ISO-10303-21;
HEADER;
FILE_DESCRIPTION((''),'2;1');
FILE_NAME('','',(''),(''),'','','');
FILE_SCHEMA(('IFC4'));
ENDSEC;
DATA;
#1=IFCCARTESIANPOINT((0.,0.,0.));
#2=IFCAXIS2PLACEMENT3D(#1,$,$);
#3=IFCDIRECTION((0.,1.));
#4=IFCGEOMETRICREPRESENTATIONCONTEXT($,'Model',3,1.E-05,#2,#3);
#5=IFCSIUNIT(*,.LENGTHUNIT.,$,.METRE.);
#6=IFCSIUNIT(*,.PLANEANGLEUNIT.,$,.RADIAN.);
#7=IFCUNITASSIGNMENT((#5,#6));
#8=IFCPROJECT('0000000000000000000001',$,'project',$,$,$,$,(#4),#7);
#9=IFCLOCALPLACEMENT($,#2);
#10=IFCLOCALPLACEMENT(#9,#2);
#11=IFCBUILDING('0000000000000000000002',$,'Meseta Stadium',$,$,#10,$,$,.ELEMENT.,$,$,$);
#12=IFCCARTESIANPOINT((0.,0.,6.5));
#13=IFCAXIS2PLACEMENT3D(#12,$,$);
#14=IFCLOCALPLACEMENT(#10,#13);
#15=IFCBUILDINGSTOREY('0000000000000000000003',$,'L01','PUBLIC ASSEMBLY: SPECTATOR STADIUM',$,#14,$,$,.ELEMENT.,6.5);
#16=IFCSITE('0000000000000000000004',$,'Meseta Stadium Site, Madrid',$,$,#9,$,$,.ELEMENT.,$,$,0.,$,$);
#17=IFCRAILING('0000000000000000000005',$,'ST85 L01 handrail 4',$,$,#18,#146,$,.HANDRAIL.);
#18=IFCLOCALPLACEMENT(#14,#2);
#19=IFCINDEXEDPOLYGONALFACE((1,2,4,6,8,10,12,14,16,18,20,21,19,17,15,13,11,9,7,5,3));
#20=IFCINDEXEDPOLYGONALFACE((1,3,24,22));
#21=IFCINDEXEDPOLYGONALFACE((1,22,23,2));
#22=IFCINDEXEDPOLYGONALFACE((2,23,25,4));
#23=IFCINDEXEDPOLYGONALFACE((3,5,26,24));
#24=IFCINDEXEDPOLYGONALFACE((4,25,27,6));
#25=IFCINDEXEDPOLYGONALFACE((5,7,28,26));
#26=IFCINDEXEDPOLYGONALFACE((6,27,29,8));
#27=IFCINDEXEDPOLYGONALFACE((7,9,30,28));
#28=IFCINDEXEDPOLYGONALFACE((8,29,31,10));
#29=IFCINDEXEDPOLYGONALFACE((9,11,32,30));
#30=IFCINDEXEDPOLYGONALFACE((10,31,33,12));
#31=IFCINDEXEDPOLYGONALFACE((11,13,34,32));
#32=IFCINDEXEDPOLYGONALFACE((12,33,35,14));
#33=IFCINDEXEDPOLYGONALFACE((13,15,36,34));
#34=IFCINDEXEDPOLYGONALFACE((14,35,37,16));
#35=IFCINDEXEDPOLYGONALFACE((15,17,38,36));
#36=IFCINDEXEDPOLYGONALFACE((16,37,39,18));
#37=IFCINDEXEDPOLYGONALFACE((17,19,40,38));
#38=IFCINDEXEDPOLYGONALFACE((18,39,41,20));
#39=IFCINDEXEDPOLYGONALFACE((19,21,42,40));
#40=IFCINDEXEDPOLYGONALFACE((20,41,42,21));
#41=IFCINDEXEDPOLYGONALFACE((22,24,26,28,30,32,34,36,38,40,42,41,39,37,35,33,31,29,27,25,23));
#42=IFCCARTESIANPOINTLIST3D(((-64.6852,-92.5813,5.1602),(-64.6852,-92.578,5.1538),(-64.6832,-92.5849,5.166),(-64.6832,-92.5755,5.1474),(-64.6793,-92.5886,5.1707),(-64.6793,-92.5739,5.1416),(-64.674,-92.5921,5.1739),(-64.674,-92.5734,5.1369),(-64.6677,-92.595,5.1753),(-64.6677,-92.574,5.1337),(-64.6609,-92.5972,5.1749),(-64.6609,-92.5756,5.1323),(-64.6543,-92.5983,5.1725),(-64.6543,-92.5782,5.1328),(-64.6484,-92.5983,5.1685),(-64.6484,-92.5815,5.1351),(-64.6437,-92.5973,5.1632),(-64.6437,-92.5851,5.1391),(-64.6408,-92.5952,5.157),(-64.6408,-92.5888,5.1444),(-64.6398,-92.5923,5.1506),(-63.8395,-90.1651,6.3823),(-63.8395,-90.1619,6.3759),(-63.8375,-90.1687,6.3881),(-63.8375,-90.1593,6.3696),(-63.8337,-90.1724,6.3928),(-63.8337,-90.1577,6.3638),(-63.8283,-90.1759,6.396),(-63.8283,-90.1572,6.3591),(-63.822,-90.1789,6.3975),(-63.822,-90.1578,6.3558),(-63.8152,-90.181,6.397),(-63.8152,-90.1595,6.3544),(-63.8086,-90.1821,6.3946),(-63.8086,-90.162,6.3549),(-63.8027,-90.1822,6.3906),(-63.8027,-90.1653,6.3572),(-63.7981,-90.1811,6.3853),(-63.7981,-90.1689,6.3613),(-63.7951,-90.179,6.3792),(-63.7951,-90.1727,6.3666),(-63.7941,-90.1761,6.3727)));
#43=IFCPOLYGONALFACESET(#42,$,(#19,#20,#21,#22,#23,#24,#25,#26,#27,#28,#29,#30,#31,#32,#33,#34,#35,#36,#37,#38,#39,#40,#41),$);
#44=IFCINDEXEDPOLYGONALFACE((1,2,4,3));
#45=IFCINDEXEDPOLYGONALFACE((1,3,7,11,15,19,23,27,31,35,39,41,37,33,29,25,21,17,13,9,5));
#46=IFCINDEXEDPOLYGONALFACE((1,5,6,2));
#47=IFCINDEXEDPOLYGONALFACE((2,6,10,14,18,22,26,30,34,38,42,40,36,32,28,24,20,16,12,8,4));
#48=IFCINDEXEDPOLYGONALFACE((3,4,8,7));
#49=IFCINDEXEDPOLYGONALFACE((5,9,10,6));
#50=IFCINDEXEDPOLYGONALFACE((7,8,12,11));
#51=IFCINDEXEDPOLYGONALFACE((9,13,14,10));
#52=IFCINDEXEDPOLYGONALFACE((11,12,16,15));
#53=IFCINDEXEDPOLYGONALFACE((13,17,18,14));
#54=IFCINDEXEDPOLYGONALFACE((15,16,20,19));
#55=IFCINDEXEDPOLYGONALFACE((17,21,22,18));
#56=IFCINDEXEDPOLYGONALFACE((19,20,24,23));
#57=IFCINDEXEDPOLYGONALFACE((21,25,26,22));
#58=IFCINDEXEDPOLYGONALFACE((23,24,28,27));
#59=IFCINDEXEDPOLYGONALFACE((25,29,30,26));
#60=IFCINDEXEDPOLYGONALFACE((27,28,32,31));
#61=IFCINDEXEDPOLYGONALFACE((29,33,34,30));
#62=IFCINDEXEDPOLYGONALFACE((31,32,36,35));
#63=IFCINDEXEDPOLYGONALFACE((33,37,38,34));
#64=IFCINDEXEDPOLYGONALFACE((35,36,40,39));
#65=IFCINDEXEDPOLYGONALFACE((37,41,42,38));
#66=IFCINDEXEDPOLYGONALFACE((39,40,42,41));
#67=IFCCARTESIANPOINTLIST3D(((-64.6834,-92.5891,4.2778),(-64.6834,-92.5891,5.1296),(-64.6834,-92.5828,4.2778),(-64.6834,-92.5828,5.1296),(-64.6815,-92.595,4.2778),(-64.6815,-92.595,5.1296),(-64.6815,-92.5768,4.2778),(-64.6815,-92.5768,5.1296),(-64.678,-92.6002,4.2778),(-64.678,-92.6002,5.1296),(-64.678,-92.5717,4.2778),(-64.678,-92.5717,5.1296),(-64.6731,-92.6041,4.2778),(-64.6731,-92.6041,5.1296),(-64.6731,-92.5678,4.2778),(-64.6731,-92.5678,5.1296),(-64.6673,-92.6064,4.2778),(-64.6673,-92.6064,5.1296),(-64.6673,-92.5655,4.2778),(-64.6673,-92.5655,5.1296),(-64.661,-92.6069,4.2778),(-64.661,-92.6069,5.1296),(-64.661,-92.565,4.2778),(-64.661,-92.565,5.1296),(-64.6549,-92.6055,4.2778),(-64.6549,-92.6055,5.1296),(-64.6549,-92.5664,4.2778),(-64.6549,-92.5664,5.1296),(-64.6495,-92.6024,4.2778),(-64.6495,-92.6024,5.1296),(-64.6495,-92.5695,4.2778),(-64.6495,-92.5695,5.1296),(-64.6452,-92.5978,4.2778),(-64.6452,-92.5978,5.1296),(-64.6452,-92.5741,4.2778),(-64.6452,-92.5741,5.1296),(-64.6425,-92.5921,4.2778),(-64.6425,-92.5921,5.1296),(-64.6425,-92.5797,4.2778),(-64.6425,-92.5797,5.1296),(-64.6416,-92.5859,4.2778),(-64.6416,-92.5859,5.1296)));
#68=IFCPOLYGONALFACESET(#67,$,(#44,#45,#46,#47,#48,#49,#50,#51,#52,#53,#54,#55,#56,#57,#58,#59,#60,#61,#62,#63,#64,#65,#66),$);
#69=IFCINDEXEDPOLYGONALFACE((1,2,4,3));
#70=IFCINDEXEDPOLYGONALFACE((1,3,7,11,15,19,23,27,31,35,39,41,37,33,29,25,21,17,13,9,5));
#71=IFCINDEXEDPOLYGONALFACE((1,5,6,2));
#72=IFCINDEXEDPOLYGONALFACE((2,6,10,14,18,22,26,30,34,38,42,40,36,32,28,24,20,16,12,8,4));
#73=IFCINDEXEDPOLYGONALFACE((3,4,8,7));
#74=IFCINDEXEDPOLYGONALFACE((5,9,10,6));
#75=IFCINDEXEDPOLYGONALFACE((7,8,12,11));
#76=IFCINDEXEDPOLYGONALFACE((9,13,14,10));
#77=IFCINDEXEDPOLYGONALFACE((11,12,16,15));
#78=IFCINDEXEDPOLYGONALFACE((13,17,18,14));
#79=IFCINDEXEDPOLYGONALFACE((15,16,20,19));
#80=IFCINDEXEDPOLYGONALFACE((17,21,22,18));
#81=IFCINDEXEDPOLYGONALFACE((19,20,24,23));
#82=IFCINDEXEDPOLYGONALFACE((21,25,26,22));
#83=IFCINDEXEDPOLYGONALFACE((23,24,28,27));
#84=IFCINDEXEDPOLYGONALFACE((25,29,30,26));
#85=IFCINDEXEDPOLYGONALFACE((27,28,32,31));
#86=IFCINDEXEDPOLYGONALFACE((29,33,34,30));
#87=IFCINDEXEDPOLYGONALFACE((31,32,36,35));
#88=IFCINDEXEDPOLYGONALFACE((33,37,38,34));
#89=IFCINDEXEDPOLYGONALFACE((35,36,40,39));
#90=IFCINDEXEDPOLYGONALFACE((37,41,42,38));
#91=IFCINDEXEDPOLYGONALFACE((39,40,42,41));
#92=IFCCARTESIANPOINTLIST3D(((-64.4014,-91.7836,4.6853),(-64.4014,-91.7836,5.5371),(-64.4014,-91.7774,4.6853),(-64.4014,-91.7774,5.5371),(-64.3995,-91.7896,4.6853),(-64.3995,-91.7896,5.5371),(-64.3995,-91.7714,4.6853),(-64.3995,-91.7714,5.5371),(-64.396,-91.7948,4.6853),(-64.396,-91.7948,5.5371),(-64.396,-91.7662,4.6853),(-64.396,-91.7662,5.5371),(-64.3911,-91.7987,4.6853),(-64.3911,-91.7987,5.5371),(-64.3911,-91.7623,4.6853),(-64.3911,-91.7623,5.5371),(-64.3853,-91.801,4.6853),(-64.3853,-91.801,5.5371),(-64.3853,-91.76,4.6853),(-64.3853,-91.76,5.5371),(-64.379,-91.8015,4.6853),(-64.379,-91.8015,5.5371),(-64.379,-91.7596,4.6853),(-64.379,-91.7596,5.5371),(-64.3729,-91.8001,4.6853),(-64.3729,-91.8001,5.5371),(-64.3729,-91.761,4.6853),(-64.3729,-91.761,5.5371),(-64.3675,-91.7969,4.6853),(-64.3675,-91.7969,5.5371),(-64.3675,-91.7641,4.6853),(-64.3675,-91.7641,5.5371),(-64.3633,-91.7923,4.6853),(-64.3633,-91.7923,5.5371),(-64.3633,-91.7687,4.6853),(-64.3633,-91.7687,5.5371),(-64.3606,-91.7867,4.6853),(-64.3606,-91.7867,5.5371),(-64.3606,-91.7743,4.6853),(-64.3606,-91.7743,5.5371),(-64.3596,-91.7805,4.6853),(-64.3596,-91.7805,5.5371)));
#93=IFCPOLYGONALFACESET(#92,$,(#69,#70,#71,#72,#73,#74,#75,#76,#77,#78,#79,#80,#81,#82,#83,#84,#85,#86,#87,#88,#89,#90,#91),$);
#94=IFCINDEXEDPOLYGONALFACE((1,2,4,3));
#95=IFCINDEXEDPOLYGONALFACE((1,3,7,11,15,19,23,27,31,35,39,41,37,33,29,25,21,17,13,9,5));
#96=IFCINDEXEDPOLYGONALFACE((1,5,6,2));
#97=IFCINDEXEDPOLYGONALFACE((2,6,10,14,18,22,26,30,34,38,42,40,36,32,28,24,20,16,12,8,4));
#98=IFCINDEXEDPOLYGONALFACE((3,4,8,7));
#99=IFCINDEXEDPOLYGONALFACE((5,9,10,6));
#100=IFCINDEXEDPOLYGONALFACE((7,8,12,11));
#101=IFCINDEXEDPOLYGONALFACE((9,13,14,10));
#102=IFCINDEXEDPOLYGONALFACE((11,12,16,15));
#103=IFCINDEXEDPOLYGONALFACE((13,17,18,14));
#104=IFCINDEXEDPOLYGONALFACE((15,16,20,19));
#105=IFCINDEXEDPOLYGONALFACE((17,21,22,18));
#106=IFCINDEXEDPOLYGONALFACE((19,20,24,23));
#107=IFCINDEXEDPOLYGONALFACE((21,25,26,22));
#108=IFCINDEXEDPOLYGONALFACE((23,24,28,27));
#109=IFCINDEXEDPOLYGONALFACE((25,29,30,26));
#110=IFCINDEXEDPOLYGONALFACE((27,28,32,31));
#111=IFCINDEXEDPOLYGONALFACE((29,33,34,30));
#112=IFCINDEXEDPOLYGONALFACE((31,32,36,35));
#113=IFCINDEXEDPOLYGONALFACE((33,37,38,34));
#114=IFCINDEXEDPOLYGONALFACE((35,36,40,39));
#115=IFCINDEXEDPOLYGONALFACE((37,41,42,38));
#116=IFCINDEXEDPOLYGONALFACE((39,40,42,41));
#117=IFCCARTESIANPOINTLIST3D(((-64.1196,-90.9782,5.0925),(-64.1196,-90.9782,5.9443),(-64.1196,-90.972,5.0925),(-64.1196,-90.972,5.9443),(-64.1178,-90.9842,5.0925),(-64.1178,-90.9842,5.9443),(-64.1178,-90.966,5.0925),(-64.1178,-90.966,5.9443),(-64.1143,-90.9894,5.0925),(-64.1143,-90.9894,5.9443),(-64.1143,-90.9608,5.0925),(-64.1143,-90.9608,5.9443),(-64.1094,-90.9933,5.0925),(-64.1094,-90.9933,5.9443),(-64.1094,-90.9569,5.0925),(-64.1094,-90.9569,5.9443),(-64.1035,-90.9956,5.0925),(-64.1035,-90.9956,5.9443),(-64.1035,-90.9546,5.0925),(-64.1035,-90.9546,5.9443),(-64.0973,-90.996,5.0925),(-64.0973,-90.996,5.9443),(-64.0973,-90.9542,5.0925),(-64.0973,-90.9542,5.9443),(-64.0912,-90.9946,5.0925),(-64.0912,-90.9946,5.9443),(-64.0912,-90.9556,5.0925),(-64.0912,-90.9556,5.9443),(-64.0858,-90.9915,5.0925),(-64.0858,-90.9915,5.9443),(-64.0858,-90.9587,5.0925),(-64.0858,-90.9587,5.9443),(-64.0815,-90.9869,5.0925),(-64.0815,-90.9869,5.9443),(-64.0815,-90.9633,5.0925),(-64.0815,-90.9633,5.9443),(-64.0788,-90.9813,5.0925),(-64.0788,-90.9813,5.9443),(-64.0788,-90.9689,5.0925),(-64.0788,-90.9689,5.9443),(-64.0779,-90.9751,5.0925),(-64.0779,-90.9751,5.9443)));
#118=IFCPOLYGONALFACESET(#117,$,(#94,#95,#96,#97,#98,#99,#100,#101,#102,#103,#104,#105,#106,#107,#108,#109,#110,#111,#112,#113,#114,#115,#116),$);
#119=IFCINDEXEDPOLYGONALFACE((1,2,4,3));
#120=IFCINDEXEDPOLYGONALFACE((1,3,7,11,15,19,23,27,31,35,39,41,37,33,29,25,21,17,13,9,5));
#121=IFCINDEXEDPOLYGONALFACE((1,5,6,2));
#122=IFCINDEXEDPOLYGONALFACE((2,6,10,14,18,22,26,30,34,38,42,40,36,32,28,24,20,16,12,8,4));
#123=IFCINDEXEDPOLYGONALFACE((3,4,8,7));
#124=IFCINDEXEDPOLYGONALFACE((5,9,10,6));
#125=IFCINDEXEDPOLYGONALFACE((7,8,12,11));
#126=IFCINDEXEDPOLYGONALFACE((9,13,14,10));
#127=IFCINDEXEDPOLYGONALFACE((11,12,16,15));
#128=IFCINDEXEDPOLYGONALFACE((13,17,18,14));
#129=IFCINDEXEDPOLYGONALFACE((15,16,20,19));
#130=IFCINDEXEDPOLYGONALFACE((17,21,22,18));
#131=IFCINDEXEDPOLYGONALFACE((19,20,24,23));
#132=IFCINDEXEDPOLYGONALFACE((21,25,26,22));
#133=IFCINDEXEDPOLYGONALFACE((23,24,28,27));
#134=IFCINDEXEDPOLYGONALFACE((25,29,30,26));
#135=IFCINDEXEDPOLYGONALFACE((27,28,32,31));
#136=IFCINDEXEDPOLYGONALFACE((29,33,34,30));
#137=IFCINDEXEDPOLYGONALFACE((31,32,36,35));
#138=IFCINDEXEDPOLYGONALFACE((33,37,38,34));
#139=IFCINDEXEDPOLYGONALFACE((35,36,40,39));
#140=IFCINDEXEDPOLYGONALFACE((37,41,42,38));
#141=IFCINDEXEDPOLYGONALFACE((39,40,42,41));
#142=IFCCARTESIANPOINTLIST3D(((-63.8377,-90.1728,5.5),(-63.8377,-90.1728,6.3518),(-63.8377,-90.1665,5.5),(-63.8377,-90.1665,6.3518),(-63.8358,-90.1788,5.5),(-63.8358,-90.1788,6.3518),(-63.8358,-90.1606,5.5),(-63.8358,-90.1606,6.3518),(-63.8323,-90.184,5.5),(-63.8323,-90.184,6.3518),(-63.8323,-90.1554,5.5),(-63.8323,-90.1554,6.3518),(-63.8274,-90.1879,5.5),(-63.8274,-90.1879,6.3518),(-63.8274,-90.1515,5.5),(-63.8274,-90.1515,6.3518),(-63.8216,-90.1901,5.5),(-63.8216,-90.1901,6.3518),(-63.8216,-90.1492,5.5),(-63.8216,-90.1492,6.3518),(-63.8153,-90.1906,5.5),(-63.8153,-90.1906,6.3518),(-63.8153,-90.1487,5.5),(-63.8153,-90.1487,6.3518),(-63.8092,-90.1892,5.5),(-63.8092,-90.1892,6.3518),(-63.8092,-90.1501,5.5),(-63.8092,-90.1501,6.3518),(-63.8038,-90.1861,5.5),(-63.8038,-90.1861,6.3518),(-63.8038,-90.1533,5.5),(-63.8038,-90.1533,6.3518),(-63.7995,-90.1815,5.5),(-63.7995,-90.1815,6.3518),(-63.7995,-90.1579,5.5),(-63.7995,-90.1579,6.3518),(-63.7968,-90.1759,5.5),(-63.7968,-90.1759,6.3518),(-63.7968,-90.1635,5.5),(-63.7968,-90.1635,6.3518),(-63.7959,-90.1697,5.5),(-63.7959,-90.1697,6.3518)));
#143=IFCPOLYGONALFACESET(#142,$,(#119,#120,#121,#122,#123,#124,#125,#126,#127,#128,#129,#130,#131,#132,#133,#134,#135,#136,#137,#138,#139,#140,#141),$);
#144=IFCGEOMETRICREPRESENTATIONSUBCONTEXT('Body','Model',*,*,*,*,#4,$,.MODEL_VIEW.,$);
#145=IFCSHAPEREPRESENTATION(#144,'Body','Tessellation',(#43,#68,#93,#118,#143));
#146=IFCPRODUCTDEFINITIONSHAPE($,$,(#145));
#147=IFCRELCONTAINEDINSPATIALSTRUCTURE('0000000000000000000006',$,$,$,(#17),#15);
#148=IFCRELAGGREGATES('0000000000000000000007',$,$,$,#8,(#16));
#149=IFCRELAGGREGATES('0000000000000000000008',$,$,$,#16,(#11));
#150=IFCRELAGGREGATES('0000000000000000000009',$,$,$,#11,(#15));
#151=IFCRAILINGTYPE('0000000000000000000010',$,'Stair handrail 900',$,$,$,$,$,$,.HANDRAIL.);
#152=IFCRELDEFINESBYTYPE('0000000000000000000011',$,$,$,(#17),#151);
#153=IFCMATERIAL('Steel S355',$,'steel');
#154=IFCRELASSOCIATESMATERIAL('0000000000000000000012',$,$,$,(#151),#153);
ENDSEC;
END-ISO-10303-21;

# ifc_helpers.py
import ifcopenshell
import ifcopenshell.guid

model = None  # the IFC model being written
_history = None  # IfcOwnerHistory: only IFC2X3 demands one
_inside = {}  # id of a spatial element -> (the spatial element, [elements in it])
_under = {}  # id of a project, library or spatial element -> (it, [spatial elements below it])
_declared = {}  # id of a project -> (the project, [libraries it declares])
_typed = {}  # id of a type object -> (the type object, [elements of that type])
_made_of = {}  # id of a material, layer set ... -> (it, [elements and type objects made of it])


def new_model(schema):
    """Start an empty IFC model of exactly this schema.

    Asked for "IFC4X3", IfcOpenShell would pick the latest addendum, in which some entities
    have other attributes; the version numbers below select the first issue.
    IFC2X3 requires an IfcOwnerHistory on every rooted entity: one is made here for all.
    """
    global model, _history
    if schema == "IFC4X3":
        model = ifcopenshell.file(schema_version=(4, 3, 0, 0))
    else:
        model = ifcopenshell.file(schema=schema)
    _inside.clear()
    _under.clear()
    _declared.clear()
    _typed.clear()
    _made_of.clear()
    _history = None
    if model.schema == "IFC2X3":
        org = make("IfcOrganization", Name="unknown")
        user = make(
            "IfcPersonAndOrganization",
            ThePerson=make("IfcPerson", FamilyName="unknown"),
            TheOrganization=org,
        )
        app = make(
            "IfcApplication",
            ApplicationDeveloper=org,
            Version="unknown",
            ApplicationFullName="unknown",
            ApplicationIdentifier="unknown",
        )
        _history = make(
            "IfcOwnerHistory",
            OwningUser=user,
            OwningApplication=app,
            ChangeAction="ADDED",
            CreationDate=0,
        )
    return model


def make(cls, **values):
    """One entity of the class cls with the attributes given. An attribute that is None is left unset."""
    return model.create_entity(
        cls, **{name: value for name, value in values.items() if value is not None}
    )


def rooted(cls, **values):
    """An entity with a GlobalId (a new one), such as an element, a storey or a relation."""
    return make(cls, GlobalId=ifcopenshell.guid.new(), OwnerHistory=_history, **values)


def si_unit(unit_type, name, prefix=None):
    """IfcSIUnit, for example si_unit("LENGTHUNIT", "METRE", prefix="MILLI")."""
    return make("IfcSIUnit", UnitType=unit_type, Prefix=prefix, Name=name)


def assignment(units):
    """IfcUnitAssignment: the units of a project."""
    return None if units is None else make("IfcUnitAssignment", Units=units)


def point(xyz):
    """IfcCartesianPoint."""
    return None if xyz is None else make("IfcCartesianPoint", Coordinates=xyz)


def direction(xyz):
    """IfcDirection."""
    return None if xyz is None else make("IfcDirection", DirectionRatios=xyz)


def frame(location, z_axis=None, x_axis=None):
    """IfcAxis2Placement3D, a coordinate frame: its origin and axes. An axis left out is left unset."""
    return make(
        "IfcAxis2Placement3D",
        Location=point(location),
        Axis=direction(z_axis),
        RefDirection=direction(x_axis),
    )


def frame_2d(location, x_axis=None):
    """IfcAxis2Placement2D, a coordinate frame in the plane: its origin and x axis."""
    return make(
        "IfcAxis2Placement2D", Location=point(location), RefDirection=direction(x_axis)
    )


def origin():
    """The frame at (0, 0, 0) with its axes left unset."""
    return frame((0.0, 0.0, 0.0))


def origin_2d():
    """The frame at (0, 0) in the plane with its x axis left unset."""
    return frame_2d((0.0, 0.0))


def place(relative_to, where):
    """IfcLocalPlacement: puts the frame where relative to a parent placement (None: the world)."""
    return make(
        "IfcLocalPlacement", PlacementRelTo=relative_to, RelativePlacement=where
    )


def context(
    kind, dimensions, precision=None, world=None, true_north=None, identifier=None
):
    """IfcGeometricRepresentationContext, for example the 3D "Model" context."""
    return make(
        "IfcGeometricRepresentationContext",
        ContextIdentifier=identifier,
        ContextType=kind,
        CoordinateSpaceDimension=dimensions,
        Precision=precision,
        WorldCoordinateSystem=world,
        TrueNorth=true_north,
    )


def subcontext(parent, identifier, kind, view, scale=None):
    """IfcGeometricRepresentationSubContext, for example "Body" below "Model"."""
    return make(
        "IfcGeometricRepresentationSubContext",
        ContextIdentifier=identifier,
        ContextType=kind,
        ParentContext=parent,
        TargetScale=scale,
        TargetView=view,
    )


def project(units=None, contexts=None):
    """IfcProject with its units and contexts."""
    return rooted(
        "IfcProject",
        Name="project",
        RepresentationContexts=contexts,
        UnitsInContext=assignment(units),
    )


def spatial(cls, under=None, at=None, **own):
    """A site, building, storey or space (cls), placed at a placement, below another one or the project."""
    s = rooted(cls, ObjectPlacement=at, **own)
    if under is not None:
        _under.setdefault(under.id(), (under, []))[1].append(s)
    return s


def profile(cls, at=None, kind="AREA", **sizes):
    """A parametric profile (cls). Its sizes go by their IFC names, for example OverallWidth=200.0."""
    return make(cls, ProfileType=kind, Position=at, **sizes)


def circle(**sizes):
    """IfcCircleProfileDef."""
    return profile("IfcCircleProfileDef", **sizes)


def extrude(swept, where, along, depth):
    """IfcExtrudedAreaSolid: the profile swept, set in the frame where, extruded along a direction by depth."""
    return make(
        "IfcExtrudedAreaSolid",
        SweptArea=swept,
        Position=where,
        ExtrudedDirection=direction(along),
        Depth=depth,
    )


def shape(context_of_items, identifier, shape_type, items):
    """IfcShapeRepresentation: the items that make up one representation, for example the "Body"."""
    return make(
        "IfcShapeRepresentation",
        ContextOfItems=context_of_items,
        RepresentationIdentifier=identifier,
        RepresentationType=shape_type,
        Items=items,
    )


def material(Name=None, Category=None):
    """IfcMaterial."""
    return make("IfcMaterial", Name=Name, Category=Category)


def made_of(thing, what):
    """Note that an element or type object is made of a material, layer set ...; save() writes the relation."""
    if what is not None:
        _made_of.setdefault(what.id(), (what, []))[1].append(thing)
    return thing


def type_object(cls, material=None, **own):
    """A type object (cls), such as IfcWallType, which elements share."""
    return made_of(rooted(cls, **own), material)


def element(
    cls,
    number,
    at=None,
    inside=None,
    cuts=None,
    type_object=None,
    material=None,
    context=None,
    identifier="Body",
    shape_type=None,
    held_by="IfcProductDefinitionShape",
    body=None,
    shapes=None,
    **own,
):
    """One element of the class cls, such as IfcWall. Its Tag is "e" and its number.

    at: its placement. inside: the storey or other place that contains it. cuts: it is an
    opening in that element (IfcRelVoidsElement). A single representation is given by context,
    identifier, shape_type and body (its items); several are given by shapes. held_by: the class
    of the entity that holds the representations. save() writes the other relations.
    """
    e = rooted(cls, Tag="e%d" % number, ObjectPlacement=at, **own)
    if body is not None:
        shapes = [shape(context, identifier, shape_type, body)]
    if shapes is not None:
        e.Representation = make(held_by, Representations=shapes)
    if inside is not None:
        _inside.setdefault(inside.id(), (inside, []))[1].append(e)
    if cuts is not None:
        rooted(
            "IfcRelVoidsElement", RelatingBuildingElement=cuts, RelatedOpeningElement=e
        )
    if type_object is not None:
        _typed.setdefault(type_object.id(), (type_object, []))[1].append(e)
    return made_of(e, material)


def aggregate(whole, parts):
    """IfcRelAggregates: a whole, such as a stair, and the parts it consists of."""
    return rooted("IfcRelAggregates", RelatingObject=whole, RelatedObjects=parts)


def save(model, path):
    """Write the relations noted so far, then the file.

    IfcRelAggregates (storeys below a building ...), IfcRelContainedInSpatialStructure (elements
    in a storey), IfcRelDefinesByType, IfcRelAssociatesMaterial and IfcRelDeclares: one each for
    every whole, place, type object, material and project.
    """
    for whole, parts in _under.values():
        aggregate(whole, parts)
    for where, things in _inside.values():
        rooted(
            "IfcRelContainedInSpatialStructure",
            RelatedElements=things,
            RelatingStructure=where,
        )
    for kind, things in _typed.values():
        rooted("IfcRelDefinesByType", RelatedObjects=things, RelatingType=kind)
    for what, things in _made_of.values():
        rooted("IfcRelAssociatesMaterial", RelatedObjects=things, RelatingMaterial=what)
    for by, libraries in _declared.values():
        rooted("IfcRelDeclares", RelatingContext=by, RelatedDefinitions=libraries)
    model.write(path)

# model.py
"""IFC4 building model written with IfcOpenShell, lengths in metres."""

from ifc_helpers import new_model, si_unit, direction, frame, origin, origin_2d, place, context, subcontext, project, spatial, circle, extrude, material, type_object, element, save


model = new_model("IFC4")

# Units and contexts
model_context = context("Model", 3, precision=1e-05, world=origin(), true_north=direction((0.0, 1.0)))
body_context = subcontext(model_context, "Body", "Model", "MODEL_VIEW")
ifc_project = project(units=[si_unit("LENGTHUNIT", "METRE"), si_unit("PLANEANGLEUNIT", "RADIAN")], contexts=[model_context])

# Site, building, storey
site_placement = place(None, origin())
site = spatial("IfcSite", under=ifc_project, at=site_placement, Name="Meseta Stadium Site, Madrid", CompositionType="ELEMENT", RefElevation=0.0)
building_placement = place(site_placement, origin())
building = spatial("IfcBuilding", under=site, at=building_placement, Name="Meseta Stadium", CompositionType="ELEMENT")
storey_placement = place(building_placement, frame((0.0, 0.0, 6.5)))
storey = spatial("IfcBuildingStorey", under=building, at=storey_placement, Name="L01", Description="PUBLIC ASSEMBLY: SPECTATOR STADIUM", CompositionType="ELEMENT", Elevation=6.5)

# Railing
ifc_material_1 = material(Name="Steel S355", Category="steel")
railing_type_1 = type_object("IfcRailingType", Name="Stair handrail 900", PredefinedType="HANDRAIL", material=ifc_material_1)
for number, where, name in (
    (1, (-64.6626, -92.5859, 4.2778), "ST85 L01 handrail 4"),
):
    element("IfcRailing", number, at=place(storey_placement, frame(where)), inside=storey, type_object=railing_type_1, Name=name, PredefinedType="HANDRAIL", context=body_context, shape_type="SweptSolid", body=[
        extrude(circle(Radius=0.0239, at=origin_2d()), frame((0.0, 0.0, 0.876), z_axis=(0.298123, 0.851767, 0.430832), x_axis=(-0.943857, 0.330355, 0.0)), (0.0, 0.0, 1.0), 2.8367),
        extrude(circle(Radius=0.021, at=origin_2d()), origin(), (0.0, 0.0, 1.0), 0.8518),
        extrude(circle(Radius=0.021, at=origin_2d()), frame((0.282, 0.8054, 0.4075)), (0.0, 0.0, 1.0), 0.8518),
        extrude(circle(Radius=0.021, at=origin_2d()), frame((0.5637, 1.6108, 0.8147)), (0.0, 0.0, 1.0), 0.8518),
        extrude(circle(Radius=0.021, at=origin_2d()), frame((0.8457, 2.4163, 1.2222)), (0.0, 0.0, 1.0), 0.8518),
    ])

save(model, "model.ifc")
